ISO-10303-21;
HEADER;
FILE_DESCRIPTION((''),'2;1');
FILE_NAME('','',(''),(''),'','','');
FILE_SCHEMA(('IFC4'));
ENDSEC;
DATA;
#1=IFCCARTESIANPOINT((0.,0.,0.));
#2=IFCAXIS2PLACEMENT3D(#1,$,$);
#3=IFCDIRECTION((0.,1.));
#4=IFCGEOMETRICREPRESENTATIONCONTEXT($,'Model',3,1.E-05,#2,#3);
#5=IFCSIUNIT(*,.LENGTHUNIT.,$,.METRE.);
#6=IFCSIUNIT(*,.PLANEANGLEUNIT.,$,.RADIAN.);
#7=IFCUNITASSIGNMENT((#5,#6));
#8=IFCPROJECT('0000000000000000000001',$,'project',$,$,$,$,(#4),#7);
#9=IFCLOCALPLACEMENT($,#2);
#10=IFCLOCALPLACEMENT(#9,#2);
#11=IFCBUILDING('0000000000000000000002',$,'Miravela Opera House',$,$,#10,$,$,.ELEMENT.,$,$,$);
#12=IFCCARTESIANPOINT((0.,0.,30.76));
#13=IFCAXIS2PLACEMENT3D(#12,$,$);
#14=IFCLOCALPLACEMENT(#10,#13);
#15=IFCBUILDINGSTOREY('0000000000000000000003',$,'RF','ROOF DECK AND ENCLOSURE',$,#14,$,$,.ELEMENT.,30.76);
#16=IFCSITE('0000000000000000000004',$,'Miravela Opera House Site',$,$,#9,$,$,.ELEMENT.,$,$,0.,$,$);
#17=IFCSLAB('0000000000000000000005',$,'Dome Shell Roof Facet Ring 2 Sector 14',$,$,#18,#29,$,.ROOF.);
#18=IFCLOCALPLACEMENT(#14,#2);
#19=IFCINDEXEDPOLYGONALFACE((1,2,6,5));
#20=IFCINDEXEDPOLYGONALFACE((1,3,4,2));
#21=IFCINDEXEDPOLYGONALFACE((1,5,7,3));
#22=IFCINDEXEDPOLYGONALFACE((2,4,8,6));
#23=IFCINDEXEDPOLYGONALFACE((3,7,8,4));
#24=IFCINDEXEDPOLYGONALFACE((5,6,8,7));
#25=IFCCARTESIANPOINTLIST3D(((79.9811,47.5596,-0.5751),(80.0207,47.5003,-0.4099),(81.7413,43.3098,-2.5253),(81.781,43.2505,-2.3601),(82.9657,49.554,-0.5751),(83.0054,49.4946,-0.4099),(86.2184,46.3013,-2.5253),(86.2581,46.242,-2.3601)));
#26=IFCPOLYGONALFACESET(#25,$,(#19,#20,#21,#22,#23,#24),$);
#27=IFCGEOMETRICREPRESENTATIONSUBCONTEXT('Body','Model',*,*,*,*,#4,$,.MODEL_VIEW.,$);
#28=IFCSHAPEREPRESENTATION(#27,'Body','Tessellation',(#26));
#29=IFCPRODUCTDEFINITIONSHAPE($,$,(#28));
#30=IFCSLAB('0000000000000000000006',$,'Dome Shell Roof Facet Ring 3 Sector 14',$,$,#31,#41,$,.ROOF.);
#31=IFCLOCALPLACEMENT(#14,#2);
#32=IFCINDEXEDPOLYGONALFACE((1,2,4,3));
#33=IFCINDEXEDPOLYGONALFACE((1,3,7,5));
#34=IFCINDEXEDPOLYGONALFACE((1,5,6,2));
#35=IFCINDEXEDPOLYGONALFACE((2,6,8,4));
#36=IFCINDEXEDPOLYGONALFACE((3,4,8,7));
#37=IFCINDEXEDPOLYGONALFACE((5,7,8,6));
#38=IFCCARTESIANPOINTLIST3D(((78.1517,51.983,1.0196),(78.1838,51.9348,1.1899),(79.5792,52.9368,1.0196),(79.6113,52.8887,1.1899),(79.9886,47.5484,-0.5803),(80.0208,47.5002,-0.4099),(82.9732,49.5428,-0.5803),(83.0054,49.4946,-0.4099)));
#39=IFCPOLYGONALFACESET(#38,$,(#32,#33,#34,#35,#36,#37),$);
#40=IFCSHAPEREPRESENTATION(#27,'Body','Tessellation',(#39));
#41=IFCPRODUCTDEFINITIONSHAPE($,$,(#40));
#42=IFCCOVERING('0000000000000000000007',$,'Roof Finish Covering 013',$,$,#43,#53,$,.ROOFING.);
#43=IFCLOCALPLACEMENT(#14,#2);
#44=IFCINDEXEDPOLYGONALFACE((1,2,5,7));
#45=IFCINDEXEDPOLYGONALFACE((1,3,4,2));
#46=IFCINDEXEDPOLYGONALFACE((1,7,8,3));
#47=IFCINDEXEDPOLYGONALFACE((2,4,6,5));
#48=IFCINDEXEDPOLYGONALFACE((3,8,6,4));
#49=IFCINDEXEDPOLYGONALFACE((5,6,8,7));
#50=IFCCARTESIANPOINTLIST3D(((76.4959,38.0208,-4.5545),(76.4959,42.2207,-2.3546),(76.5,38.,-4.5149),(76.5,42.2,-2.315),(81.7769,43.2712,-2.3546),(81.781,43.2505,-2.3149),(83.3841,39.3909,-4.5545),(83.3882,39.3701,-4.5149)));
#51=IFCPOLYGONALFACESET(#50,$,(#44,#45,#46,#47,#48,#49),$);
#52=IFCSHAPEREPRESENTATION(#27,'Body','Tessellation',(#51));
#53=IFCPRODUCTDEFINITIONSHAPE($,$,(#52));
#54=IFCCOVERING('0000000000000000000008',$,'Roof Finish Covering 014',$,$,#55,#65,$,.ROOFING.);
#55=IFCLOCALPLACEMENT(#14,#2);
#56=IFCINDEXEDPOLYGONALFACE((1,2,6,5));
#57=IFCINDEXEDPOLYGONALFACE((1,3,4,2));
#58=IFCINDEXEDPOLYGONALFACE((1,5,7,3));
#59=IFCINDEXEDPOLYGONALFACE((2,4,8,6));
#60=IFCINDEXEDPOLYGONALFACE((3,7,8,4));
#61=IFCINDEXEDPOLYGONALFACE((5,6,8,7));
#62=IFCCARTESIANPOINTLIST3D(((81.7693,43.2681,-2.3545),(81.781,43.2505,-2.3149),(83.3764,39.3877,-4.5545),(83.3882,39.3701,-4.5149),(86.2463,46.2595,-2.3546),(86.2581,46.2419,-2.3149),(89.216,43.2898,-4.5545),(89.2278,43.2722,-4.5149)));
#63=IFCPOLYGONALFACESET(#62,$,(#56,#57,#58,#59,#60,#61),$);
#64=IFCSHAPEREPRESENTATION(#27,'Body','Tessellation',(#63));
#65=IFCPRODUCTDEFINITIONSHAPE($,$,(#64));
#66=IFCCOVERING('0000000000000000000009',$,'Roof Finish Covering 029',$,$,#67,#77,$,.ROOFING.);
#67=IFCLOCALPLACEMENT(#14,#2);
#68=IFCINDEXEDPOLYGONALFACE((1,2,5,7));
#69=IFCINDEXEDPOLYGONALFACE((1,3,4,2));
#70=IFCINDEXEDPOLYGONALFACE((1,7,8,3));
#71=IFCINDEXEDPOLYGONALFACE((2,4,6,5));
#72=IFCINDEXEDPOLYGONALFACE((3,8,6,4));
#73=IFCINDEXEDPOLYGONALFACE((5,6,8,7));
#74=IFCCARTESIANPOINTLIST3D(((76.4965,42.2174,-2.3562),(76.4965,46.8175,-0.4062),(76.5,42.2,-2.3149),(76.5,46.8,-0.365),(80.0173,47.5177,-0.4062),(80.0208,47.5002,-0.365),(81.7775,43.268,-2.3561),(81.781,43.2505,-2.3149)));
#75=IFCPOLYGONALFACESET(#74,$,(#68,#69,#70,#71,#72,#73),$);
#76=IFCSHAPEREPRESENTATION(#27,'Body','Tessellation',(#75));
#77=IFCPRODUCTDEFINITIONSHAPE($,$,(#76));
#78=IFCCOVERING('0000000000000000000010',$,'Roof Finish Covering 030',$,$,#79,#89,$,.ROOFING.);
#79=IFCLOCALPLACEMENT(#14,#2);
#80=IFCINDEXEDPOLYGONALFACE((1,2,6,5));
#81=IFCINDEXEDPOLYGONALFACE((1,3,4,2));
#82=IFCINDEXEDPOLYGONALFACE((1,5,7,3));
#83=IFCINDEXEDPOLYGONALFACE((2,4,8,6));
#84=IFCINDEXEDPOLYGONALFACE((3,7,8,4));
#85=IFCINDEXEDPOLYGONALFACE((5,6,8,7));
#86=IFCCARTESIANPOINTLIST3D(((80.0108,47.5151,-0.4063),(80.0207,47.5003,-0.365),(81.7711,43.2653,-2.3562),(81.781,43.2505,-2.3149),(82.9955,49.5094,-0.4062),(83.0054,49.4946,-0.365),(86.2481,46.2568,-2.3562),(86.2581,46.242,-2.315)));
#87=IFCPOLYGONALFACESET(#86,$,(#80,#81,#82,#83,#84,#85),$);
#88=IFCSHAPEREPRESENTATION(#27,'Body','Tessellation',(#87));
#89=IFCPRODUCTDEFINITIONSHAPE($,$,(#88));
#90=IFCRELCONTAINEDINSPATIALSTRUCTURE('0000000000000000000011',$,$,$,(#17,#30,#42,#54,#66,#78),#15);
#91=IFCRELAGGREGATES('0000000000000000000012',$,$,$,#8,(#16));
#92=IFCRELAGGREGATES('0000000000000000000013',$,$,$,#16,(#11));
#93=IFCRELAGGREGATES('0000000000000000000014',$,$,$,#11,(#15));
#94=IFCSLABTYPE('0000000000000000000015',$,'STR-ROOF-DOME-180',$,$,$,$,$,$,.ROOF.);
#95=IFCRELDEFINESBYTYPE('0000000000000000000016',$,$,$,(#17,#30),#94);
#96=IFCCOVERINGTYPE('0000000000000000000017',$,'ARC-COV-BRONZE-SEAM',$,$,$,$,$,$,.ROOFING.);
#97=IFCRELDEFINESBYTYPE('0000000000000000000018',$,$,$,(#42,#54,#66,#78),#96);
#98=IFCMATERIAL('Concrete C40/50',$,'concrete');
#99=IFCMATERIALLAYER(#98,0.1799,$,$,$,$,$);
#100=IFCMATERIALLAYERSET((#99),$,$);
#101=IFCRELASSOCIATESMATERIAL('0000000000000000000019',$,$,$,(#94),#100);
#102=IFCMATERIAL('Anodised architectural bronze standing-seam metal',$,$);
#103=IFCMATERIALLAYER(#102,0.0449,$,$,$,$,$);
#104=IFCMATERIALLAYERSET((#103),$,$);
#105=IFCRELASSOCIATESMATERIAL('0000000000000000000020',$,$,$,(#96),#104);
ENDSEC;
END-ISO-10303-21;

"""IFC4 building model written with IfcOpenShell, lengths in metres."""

from ifc_helpers import new_model, si_unit, direction, frame, origin, place, context, subcontext, project, spatial, polyline, outline, extrude, material, layer, layer_set, type_object, element, save


model = new_model("IFC4")

# Units and contexts
model_context = context("Model", 3, precision=1e-05, world=origin(), true_north=direction((0.0, 1.0)))
body_context = subcontext(model_context, "Body", "Model", "MODEL_VIEW")
ifc_project = project(units=[si_unit("LENGTHUNIT", "METRE"), si_unit("PLANEANGLEUNIT", "RADIAN")], contexts=[model_context])

# Site, building, storey
site_placement = place(None, origin())
site = spatial("IfcSite", under=ifc_project, at=site_placement, Name="Miravela Opera House Site", CompositionType="ELEMENT", RefElevation=0.0)
building_placement = place(site_placement, origin())
building = spatial("IfcBuilding", under=site, at=building_placement, Name="Miravela Opera House", CompositionType="ELEMENT")
storey_placement = place(building_placement, frame((0.0, 0.0, 30.76)))
storey = spatial("IfcBuildingStorey", under=building, at=storey_placement, Name="RF", Description="ROOF DECK AND ENCLOSURE", CompositionType="ELEMENT", Elevation=30.76)

# Slabs
ifc_material_1 = material(Name="Concrete C40/50", Category="concrete")
ifc_layer_1 = layer(ifc_material_1, 0.1799)
ifc_layer_set_1 = layer_set([ifc_layer_1])
slab_type = type_object("IfcSlabType", Name="STR-ROOF-DOME-180", PredefinedType="ROOF", material=ifc_layer_set_1)
slab_1_placement = place(storey_placement, frame((81.781, 43.2505, -2.3601), z_axis=(0.220445, -0.329911, 0.917912), x_axis=(0.83147, 0.55557, -0.000005)))
element("IfcSlab", 1, at=slab_1_placement, inside=storey, type_object=slab_type, Name="Dome Shell Roof Facet Ring 2 Sector 14", PredefinedType="ROOF", context=body_context, shape_type="SweptSolid", body=[
    extrude(outline(polyline([(0.0, 0.0), (5.3845, 0.0), (4.4871, 4.9151), (0.8974, 4.915), (0.0, 0.0)])), origin(), (0.0, 0.0, -1.0), 0.1799),
])
slab_2_placement = place(storey_placement, frame((80.0208, 47.5002, -0.4099), z_axis=(0.17877, -0.267533, 0.94682), x_axis=(0.831454, 0.555594, 0.000001)))
element("IfcSlab", 2, at=slab_2_placement, inside=storey, type_object=slab_type, Name="Dome Shell Roof Facet Ring 3 Sector 14", PredefinedType="ROOF", context=body_context, shape_type="SweptSolid", body=[
    extrude(outline(polyline([(0.0, 0.0), (3.5896, 0.0), (2.6534, 4.9721), (0.9365, 4.9721), (0.0, 0.0)])), origin(), (0.0, 0.0, -1.0), 0.1799),
])

# Coverings
ifc_material_2 = material(Name="Anodised architectural bronze standing-seam metal")
ifc_layer_2 = layer(ifc_material_2, 0.0449)
ifc_layer_set_2 = layer_set([ifc_layer_2])
covering_type = type_object("IfcCoveringType", Name="ARC-COV-BRONZE-SEAM", PredefinedType="ROOFING", material=ifc_layer_set_2)
covering_1_placement = place(storey_placement, frame((76.5, 38.0, -4.5149), z_axis=(0.091906, -0.462034, 0.882087), x_axis=(0.980786, 0.195088, -0.000003)))
element("IfcCovering", 3, at=covering_1_placement, inside=storey, type_object=covering_type, Name="Roof Finish Covering 013", PredefinedType="ROOFING", context=body_context, shape_type="SweptSolid", body=[
    extrude(outline(polyline([(0.0, 0.0), (7.0231, 0.0), (6.2038, 4.67), (0.8194, 4.6699), (0.0, 0.0)])), origin(), (0.0, 0.0, -1.0), 0.0449),
])
covering_2_placement = place(storey_placement, frame((83.3882, 39.3701, -4.5149), z_axis=(0.261731, -0.391697, 0.882083), x_axis=(0.831458, 0.555588, 0.000005)))
element("IfcCovering", 4, at=covering_2_placement, inside=storey, type_object=covering_type, Name="Roof Finish Covering 014", PredefinedType="ROOFING", context=body_context, shape_type="SweptSolid", body=[
    extrude(outline(polyline([(0.0, 0.0), (7.0233, 0.0), (6.2041, 4.6698), (0.8196, 4.6699), (0.0, 0.0)])), origin(), (0.0, 0.0, -1.0), 0.0449),
])
covering_3_placement = place(storey_placement, frame((76.5, 42.2, -2.3149), z_axis=(0.077398, -0.389115, 0.917932), x_axis=(0.980783, 0.195102, 0.000007)))
element("IfcCovering", 5, at=covering_3_placement, inside=storey, type_object=covering_type, Name="Roof Finish Covering 029", PredefinedType="ROOFING", context=body_context, shape_type="SweptSolid", body=[
    extrude(outline(polyline([(0.0, 0.0), (5.3845, 0.0), (4.4872, 4.9149), (0.8975, 4.915), (0.0, 0.0)])), origin(), (0.0, 0.0, -1.0), 0.0449),
])
covering_4_placement = place(storey_placement, frame((81.781, 43.2505, -2.3149), z_axis=(0.220421, -0.329877, 0.91793), x_axis=(0.83147, 0.55557, -0.000005)))
element("IfcCovering", 6, at=covering_4_placement, inside=storey, type_object=covering_type, Name="Roof Finish Covering 030", PredefinedType="ROOFING", context=body_context, shape_type="SweptSolid", body=[
    extrude(outline(polyline([(0.0, 0.0), (5.3845, 0.0), (4.4871, 4.915), (0.8974, 4.9149), (0.0, 0.0)])), origin(), (0.0, 0.0, -1.0), 0.0449),
])

save(model, "model.ifc")
